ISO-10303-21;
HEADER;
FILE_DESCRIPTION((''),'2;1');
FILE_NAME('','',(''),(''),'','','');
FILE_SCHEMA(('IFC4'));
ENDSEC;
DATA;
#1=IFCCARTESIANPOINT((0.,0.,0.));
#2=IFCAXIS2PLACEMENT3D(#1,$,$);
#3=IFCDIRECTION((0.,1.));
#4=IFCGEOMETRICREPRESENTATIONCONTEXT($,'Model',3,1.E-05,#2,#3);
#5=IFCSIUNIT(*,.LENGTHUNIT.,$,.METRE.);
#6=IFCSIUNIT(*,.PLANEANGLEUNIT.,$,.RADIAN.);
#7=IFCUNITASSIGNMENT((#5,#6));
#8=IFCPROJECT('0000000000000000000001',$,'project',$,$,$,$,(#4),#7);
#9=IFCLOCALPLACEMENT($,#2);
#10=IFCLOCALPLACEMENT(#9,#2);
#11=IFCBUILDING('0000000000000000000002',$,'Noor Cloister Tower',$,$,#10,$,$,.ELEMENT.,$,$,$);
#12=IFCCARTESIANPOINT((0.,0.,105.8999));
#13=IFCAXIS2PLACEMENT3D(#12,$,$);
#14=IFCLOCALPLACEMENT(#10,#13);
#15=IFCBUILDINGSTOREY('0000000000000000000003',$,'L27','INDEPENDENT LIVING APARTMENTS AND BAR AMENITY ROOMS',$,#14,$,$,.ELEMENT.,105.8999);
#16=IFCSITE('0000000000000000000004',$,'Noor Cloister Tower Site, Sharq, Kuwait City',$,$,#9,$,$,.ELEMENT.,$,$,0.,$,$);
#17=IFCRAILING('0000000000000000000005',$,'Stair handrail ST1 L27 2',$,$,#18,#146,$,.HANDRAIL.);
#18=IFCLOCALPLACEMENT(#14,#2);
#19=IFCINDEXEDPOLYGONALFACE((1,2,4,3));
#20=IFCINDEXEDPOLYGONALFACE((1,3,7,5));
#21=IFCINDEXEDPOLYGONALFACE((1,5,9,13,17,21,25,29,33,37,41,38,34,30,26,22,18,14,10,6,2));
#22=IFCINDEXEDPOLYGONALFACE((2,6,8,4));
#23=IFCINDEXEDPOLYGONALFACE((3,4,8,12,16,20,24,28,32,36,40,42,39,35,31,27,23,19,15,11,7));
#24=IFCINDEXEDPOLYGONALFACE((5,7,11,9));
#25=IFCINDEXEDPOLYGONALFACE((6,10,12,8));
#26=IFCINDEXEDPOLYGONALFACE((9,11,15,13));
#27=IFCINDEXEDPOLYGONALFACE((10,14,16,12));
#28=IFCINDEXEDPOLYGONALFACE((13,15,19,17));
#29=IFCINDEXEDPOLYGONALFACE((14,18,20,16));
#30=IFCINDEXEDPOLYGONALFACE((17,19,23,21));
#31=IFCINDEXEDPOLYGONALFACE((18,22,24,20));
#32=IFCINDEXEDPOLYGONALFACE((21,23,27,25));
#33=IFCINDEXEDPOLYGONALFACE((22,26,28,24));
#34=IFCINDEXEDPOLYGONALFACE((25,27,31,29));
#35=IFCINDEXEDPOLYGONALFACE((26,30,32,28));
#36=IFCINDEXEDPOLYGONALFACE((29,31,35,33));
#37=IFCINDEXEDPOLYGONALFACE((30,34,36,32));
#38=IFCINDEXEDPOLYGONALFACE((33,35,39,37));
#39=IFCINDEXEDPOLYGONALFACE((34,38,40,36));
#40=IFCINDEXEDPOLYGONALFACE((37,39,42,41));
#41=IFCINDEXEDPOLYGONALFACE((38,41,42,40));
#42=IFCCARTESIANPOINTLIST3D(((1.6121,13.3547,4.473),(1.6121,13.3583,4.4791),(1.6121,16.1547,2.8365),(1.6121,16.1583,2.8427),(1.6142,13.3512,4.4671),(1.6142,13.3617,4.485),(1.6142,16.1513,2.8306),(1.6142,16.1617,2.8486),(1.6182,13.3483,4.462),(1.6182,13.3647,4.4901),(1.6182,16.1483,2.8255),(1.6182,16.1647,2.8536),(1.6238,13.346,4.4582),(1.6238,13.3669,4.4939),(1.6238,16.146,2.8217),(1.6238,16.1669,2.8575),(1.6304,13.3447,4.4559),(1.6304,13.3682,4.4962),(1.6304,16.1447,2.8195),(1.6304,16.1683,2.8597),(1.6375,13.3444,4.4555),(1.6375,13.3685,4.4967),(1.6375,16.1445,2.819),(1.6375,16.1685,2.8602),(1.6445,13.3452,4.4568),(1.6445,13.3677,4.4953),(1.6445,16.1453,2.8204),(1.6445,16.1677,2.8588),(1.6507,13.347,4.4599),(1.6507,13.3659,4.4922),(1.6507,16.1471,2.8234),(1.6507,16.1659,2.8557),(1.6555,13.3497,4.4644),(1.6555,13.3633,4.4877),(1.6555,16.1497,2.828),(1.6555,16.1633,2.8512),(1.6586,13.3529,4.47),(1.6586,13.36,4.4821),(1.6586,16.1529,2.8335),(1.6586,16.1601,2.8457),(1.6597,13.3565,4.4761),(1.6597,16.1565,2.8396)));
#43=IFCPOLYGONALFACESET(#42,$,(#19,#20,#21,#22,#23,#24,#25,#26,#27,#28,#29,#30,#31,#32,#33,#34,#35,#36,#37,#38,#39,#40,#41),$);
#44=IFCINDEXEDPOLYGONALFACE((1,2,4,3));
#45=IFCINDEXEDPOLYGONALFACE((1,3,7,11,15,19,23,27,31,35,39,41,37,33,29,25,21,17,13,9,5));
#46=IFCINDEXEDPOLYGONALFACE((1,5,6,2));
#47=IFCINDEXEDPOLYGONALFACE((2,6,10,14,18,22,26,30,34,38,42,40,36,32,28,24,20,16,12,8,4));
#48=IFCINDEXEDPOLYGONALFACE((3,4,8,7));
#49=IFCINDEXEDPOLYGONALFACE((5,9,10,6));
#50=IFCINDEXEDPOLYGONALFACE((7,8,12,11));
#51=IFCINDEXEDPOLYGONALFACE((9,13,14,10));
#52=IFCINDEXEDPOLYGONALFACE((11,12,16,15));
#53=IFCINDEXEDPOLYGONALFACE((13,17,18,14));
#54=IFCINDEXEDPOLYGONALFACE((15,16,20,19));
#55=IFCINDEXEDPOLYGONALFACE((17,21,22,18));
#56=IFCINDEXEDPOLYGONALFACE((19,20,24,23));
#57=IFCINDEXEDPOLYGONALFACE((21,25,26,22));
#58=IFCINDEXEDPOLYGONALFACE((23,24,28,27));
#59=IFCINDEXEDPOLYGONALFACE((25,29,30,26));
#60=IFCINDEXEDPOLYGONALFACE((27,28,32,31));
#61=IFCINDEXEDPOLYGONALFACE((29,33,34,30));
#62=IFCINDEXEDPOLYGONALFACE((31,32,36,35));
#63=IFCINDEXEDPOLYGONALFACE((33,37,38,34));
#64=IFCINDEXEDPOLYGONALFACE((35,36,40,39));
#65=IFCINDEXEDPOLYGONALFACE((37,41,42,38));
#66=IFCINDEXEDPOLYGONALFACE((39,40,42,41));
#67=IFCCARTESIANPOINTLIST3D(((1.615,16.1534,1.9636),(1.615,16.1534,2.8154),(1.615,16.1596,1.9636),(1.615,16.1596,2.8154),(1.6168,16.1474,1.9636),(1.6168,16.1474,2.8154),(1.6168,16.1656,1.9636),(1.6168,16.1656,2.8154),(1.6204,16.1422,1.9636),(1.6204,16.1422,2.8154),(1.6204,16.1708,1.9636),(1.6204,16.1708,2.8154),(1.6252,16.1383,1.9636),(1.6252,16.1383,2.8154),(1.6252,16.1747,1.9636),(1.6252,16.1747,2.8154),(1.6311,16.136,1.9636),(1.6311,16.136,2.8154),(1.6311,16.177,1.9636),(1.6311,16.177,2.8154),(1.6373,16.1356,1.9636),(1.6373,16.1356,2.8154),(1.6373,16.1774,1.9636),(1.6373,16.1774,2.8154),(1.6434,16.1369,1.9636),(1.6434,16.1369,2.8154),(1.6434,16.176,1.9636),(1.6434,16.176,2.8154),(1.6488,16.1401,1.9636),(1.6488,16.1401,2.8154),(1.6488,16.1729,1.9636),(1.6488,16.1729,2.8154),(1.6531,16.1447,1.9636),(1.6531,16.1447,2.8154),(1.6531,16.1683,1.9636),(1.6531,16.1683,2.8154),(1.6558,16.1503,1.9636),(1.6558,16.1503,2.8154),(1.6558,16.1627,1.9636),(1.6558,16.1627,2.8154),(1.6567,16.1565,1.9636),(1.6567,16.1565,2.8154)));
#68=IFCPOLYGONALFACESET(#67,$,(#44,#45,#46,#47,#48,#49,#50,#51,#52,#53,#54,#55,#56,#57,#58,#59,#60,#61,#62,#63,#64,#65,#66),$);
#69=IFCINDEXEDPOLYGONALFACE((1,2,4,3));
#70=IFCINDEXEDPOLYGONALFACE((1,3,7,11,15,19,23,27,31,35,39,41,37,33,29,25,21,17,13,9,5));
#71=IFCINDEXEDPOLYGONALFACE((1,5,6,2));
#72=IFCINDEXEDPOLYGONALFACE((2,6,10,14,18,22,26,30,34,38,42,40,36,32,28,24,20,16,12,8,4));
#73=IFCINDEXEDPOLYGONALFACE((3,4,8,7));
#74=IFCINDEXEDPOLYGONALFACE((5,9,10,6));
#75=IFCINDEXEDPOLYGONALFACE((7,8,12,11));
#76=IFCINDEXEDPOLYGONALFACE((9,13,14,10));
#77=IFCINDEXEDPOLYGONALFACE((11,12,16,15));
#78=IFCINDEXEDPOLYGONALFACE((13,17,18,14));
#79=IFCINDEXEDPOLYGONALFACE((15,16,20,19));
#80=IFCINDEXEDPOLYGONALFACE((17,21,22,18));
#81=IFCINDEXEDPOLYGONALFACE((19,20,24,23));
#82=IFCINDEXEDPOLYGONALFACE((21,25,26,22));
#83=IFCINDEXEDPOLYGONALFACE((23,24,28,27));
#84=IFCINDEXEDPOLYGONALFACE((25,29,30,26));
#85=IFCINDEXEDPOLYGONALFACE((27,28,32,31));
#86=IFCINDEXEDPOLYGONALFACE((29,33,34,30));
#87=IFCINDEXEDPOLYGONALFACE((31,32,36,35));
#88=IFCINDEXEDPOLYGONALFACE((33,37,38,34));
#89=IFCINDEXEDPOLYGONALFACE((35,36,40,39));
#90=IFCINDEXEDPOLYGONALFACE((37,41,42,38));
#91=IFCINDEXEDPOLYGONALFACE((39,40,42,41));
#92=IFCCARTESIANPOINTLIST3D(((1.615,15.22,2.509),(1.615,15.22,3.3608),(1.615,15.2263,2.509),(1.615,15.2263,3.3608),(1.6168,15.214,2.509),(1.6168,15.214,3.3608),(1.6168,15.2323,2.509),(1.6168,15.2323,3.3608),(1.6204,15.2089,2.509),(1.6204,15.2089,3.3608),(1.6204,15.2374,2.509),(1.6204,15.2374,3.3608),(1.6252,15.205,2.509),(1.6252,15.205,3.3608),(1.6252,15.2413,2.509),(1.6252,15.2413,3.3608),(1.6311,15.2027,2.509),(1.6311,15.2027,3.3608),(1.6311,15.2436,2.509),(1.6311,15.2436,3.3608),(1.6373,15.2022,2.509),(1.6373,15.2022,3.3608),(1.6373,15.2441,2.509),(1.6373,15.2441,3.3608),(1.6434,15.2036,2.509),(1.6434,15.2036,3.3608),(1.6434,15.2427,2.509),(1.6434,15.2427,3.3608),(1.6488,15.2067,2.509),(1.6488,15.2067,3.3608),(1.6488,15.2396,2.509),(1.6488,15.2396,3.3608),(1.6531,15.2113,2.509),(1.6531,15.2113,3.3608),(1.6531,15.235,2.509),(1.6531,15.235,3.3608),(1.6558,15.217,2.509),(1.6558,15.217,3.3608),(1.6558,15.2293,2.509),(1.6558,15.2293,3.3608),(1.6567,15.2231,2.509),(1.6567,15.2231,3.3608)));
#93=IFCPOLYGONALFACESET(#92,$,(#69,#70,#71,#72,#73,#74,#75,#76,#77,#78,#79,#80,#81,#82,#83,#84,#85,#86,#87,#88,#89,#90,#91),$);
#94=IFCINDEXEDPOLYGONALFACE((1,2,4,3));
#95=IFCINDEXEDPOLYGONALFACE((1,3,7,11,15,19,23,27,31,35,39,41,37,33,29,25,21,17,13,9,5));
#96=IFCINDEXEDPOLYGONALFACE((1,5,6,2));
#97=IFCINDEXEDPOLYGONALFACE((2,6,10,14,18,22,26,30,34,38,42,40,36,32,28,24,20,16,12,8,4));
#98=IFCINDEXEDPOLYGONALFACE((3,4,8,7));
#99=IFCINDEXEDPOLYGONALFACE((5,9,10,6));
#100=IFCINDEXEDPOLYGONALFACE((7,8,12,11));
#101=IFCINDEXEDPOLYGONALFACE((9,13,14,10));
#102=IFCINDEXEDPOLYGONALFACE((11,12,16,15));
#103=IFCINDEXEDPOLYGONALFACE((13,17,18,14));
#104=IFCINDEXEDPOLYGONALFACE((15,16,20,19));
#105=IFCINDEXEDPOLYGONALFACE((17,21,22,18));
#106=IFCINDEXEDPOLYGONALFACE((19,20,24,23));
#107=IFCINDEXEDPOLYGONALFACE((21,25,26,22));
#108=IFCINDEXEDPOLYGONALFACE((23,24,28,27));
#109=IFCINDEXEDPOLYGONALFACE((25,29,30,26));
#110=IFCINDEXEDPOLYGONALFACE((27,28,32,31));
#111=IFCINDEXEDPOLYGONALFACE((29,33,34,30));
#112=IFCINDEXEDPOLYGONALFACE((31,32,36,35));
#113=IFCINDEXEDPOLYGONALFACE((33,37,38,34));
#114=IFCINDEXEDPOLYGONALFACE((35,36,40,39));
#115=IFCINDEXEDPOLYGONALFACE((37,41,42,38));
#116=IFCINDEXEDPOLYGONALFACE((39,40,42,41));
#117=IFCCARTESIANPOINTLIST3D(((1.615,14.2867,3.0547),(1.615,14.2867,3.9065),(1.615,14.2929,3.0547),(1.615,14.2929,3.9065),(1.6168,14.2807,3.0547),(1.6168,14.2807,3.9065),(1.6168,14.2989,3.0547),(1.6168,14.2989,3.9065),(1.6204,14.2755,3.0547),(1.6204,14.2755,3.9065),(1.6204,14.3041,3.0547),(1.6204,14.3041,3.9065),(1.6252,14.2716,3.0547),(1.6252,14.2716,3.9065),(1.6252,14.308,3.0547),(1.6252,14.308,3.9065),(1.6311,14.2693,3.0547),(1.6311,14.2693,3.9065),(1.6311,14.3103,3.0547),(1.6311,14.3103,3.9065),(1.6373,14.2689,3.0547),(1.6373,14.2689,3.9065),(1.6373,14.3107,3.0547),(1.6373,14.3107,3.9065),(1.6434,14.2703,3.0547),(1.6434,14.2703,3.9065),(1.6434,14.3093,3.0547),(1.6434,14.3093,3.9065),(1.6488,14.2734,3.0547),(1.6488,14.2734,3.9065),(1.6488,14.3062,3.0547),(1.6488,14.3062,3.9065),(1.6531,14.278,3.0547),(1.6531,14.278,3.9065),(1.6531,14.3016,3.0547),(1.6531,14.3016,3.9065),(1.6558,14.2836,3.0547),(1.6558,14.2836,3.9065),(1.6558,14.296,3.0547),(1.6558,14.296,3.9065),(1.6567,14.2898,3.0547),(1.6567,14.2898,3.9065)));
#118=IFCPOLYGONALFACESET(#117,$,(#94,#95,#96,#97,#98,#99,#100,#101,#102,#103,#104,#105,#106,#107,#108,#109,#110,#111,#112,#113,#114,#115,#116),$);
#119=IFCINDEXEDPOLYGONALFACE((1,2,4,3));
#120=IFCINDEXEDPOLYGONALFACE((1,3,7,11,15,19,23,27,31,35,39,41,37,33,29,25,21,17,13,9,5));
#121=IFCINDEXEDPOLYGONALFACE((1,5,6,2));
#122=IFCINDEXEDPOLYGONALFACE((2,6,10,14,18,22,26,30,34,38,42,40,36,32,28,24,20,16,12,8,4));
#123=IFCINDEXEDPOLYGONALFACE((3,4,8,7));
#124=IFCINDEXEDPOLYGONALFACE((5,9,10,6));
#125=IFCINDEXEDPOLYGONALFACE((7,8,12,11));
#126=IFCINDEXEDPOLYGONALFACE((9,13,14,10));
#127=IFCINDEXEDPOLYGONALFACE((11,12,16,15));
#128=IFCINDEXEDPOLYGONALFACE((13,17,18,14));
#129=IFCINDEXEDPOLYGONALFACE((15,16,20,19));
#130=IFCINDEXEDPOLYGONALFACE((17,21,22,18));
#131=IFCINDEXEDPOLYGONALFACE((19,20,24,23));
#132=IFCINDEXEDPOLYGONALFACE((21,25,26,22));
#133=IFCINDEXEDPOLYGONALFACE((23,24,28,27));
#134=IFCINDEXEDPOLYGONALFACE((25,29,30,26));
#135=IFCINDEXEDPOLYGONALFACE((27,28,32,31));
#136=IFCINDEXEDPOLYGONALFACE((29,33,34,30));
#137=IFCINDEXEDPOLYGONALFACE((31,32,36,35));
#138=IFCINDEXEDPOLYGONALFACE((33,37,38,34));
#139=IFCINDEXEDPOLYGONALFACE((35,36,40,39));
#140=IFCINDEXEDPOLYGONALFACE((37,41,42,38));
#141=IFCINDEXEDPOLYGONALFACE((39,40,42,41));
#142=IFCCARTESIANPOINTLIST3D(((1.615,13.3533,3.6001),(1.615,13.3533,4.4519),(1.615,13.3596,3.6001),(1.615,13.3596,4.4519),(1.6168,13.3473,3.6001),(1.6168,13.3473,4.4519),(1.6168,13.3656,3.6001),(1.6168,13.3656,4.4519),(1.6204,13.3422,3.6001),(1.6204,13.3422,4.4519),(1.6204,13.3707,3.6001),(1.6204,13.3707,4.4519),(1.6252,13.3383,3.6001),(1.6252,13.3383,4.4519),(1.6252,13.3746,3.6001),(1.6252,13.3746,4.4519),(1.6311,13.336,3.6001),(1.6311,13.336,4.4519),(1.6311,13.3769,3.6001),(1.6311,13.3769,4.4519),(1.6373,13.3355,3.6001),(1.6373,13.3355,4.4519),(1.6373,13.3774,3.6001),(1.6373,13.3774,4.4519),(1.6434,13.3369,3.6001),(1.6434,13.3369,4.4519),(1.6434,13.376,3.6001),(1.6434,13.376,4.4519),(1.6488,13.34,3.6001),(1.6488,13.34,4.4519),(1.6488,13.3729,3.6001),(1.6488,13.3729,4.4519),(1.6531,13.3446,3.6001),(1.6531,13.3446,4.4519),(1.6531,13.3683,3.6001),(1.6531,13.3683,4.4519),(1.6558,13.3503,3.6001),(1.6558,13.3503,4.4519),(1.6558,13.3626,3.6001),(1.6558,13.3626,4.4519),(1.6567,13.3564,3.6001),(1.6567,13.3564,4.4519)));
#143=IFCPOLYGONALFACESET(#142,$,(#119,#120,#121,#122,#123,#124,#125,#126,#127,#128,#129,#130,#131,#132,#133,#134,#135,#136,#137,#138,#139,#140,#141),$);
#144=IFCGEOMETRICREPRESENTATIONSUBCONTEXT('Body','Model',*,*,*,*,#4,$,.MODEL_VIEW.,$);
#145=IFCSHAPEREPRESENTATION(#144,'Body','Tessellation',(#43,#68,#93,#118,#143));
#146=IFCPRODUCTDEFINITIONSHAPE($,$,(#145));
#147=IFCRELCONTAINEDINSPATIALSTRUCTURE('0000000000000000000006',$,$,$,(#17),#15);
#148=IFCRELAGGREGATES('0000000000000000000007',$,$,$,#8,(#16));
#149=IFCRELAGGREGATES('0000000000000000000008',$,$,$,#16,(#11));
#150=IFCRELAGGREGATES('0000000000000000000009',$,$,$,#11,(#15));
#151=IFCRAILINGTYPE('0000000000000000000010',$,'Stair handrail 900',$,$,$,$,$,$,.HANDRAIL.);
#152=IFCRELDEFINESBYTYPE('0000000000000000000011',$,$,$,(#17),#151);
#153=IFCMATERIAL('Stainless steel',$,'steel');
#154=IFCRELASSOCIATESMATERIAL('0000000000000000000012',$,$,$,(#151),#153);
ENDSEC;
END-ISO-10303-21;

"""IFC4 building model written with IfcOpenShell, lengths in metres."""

from ifc_helpers import new_model, si_unit, direction, frame, origin, origin_2d, place, context, subcontext, project, spatial, circle, extrude, material, type_object, element, save


model = new_model("IFC4")

# Units and contexts
model_context = context("Model", 3, precision=1e-05, world=origin(), true_north=direction((0.0, 1.0)))
body_context = subcontext(model_context, "Body", "Model", "MODEL_VIEW")
ifc_project = project(units=[si_unit("LENGTHUNIT", "METRE"), si_unit("PLANEANGLEUNIT", "RADIAN")], contexts=[model_context])

# Site, building, storey
site_placement = place(None, origin())
site = spatial("IfcSite", under=ifc_project, at=site_placement, Name="Noor Cloister Tower Site, Sharq, Kuwait City", CompositionType="ELEMENT", RefElevation=0.0)
building_placement = place(site_placement, origin())
building = spatial("IfcBuilding", under=site, at=building_placement, Name="Noor Cloister Tower", CompositionType="ELEMENT")
storey_placement = place(building_placement, frame((0.0, 0.0, 105.8999)))
storey = spatial("IfcBuildingStorey", under=building, at=storey_placement, Name="L27", Description="INDEPENDENT LIVING APARTMENTS AND BAR AMENITY ROOMS", CompositionType="ELEMENT", Elevation=105.8999)

# Railing
ifc_material_1 = material(Name="Stainless steel", Category="steel")
railing_type = type_object("IfcRailingType", Name="Stair handrail 900", PredefinedType="HANDRAIL", material=ifc_material_1)
railing_placement = place(storey_placement, frame((1.6357, 16.1565, 1.9636)))
element("IfcRailing", 1, at=railing_placement, inside=storey, type_object=railing_type, Name="Stair handrail ST1 L27 2", PredefinedType="HANDRAIL", context=body_context, shape_type="SweptSolid", body=[
    extrude(circle(Radius=0.0239, at=origin_2d()), frame((0.0, 0.0, 0.876), z_axis=(0.0, -0.863361, 0.504587), x_axis=(1.0, 0.0, 0.0)), (0.0, 0.0, 1.0), 3.2432),
    extrude(circle(Radius=0.021, at=origin_2d()), origin(), (0.0, 0.0, 1.0), 0.8518),
    extrude(circle(Radius=0.021, at=origin_2d()), frame((0.0, -0.9333, 0.5454)), (0.0, 0.0, 1.0), 0.8518),
    extrude(circle(Radius=0.021, at=origin_2d()), frame((0.0, -1.8667, 1.0911)), (0.0, 0.0, 1.0), 0.8518),
    extrude(circle(Radius=0.021, at=origin_2d()), frame((0.0, -2.8, 1.6365)), (0.0, 0.0, 1.0), 0.8518),
])

save(model, "model.ifc")
